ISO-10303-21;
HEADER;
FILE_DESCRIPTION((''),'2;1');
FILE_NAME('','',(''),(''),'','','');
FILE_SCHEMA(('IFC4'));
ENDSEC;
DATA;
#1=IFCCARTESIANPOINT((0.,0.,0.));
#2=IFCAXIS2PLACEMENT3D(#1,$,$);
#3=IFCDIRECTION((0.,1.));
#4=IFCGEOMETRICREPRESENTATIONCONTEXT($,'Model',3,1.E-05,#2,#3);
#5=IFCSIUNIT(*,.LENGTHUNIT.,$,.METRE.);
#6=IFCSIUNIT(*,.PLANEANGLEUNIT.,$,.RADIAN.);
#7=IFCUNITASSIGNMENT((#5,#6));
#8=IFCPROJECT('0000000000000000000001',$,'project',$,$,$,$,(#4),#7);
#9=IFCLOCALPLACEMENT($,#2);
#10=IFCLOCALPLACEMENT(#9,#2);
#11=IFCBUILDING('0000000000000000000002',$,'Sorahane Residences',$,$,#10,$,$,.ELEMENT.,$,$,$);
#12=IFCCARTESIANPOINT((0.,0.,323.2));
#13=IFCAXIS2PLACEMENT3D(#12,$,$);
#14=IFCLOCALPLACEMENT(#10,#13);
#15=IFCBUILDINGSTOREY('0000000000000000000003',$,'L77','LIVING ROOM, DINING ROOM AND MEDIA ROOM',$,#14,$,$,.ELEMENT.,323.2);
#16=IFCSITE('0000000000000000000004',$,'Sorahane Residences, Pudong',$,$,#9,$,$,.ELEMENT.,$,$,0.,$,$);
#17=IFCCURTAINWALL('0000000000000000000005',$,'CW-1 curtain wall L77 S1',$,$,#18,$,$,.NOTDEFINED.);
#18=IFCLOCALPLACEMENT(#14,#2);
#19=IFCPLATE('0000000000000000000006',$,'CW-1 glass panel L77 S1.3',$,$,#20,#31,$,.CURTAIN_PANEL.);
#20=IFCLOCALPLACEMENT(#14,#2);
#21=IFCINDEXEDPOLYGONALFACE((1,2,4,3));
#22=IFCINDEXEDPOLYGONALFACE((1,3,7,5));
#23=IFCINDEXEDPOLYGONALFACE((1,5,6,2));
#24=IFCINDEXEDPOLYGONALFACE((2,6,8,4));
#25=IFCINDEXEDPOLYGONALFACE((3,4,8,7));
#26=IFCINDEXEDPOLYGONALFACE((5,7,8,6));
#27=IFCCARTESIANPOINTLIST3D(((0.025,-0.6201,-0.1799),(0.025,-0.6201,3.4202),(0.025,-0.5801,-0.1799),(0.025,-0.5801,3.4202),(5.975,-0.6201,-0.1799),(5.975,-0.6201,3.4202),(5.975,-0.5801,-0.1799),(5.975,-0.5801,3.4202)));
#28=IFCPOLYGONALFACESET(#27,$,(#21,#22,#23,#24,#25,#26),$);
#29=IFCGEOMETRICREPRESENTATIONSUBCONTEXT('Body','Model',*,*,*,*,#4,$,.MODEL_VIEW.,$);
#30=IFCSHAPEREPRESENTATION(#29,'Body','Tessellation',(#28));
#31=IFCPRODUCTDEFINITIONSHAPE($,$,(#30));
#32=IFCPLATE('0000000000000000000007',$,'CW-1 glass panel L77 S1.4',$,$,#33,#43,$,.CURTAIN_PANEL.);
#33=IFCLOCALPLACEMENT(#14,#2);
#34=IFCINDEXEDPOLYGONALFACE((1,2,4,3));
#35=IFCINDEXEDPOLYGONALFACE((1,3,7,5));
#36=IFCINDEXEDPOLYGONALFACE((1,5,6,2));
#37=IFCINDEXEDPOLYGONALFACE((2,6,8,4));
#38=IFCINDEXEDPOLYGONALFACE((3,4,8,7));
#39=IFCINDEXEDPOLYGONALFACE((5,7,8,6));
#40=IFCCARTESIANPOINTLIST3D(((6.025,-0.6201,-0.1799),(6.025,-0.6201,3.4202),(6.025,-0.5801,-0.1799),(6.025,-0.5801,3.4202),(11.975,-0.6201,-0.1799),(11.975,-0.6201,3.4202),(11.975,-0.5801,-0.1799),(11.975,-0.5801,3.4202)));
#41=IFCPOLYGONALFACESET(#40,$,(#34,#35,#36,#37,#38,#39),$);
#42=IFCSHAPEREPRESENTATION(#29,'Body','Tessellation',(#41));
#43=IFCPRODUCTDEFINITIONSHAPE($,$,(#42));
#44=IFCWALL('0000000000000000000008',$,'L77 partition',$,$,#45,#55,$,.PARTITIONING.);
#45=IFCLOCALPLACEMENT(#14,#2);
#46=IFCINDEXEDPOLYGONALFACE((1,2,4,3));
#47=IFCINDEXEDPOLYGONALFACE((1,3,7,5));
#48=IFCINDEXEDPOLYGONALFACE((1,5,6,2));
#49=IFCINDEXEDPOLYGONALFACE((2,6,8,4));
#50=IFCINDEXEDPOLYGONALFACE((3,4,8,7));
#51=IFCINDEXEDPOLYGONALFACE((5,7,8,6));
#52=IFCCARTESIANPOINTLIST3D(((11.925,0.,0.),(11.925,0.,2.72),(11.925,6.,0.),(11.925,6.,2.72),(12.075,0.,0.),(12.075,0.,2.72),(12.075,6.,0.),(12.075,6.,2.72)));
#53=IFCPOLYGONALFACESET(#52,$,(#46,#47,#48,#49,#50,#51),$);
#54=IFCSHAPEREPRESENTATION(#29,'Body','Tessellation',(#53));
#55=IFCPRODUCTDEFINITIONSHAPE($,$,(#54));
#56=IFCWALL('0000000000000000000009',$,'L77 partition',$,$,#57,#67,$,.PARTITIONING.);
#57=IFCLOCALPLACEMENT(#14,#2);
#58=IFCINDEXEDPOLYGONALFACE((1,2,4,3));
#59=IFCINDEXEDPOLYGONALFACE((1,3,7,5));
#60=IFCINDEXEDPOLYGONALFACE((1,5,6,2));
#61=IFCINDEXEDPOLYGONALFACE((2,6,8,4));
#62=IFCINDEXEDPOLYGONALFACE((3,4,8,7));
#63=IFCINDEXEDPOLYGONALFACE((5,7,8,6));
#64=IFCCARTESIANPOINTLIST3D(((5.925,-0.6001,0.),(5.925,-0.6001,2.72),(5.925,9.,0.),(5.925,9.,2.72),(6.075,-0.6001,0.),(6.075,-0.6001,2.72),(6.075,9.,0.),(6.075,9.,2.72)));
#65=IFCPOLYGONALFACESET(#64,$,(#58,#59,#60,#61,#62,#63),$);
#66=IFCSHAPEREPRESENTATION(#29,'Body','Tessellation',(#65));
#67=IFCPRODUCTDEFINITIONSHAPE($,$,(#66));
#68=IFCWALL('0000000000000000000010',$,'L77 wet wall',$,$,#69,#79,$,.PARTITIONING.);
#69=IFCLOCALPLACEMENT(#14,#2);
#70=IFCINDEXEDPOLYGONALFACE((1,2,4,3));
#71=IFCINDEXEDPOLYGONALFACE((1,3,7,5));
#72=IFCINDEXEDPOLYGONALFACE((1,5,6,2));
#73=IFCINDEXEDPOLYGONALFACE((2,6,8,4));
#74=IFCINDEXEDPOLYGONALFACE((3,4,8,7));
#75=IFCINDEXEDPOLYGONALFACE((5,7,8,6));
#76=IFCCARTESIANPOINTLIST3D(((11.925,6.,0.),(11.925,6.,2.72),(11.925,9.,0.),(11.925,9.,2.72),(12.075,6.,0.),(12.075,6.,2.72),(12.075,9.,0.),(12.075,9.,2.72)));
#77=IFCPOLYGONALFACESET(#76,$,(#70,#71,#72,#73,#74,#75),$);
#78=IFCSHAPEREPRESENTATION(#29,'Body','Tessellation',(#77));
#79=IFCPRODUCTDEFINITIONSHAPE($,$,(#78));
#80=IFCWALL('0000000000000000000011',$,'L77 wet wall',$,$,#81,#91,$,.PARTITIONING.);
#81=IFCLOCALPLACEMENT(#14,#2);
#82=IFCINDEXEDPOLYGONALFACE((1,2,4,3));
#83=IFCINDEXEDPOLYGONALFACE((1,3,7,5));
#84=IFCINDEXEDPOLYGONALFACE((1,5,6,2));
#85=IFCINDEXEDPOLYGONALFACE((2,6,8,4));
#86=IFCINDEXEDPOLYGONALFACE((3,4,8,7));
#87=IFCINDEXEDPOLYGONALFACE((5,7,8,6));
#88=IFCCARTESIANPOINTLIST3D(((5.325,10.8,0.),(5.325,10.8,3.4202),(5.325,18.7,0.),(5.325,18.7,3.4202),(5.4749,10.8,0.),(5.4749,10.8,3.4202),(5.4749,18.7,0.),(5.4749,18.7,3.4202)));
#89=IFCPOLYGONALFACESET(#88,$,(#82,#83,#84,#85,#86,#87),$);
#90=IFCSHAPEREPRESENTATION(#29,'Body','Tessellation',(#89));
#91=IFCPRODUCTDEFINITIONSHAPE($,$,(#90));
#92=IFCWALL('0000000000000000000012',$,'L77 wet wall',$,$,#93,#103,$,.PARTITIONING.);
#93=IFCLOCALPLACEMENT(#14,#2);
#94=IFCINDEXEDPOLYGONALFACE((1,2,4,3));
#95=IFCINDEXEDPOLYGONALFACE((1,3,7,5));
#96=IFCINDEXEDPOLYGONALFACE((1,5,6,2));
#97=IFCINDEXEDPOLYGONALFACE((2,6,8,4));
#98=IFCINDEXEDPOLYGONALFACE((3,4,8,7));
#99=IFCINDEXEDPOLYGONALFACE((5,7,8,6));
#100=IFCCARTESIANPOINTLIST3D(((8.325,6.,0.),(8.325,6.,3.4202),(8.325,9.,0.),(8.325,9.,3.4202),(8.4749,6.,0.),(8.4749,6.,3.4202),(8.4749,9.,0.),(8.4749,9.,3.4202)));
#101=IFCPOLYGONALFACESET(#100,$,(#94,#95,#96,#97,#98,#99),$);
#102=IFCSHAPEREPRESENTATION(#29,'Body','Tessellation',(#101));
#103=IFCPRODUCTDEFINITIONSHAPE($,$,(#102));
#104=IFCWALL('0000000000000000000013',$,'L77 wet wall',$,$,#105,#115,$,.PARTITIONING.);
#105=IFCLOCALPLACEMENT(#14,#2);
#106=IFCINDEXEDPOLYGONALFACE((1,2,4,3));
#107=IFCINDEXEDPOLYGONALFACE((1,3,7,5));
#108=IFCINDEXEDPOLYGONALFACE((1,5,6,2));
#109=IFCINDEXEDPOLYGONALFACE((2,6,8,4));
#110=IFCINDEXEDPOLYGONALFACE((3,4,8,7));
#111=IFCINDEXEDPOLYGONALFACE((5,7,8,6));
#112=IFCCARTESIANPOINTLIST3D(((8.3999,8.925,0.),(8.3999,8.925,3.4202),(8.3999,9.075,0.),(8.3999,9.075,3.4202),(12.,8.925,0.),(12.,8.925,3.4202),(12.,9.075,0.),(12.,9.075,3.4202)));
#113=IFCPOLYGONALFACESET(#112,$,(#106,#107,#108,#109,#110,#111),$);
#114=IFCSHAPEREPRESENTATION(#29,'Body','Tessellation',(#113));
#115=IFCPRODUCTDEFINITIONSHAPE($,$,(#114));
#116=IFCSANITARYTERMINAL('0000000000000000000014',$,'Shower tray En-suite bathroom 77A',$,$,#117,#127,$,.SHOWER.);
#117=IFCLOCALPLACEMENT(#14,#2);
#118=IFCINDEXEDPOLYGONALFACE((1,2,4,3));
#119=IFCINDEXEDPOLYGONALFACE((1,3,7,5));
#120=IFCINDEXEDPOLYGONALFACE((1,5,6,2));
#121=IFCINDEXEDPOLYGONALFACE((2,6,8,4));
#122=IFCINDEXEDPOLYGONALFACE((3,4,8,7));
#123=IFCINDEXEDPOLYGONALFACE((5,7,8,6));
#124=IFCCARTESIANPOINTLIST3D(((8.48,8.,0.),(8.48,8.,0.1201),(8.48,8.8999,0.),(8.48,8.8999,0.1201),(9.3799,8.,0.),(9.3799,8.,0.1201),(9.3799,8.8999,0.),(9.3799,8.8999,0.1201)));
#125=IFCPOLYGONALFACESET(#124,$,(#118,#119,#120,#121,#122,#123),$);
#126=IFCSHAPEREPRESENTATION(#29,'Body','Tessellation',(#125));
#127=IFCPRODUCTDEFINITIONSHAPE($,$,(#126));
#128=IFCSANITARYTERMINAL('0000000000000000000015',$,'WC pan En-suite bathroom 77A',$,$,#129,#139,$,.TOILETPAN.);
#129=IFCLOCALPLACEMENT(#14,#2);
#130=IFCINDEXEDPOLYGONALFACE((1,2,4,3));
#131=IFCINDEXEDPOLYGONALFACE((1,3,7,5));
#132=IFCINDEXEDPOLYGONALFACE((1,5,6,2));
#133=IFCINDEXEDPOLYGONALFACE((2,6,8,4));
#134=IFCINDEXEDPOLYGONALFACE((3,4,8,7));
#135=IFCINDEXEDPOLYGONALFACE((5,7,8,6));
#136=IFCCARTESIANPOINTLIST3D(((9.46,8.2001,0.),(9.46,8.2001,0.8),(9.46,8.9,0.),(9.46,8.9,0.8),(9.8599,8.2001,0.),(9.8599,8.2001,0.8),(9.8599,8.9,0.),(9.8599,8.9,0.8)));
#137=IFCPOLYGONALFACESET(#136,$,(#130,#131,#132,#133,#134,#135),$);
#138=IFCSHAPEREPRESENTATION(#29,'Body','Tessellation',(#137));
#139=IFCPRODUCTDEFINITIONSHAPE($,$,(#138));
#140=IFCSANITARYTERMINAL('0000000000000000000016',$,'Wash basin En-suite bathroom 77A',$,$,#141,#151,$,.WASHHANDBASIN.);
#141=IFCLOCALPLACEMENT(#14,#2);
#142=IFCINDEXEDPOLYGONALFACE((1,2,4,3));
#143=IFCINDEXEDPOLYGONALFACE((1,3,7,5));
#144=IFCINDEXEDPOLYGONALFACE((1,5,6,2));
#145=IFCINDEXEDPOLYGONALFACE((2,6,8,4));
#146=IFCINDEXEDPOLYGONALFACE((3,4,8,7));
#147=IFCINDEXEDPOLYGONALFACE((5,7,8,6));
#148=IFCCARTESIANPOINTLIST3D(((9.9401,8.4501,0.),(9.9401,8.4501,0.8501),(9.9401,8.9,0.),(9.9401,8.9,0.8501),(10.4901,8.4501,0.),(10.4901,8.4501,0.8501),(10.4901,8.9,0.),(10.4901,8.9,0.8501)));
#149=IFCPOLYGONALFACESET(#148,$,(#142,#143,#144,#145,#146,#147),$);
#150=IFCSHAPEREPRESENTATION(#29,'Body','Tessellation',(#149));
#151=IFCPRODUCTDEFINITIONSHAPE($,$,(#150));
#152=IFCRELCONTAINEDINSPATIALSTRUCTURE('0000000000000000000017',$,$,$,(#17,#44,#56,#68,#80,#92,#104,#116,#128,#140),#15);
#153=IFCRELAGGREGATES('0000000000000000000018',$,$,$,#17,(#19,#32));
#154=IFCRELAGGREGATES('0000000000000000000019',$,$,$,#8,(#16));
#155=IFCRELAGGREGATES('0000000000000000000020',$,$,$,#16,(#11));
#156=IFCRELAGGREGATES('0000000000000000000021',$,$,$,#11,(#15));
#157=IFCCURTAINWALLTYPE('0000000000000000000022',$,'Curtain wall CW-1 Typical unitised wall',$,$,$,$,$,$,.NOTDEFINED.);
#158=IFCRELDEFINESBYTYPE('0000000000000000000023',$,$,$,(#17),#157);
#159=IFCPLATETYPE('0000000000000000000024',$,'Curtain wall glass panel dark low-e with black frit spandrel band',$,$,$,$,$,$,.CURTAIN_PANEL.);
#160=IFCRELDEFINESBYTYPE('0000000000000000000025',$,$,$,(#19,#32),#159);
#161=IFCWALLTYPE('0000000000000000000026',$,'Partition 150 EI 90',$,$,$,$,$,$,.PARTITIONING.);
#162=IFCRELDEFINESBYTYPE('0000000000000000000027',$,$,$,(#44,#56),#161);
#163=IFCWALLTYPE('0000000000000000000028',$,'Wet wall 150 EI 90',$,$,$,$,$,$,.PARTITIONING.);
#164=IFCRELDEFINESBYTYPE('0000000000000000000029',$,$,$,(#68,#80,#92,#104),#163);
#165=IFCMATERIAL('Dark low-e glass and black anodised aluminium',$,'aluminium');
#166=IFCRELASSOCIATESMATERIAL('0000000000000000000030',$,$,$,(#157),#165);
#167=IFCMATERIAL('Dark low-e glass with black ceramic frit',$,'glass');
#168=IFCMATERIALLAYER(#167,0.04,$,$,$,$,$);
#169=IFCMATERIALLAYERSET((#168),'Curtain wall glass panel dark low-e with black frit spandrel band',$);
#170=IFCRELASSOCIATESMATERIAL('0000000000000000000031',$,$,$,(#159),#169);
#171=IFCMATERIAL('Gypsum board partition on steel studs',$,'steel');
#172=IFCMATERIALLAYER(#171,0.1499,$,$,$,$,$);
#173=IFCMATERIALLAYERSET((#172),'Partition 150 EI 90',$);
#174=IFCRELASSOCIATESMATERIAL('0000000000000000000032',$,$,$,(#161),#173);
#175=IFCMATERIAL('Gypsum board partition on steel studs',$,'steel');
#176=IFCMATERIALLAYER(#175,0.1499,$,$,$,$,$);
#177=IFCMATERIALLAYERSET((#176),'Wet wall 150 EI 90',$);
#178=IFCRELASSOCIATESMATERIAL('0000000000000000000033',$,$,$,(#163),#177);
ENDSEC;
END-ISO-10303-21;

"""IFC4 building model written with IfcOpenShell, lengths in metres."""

from ifc_helpers import new_model, si_unit, direction, frame, frame_2d, origin, origin_2d, place, context, subcontext, project, spatial, rectangle, extrude, material, layer, layer_set, type_object, element, aggregate, save


model = new_model("IFC4")

# Units and contexts
model_context = context("Model", 3, precision=1e-05, world=origin(), true_north=direction((0.0, 1.0)))
body_context = subcontext(model_context, "Body", "Model", "MODEL_VIEW")
ifc_project = project(units=[si_unit("LENGTHUNIT", "METRE"), si_unit("PLANEANGLEUNIT", "RADIAN")], contexts=[model_context])

# Site, building, storey
site_placement = place(None, origin())
site = spatial("IfcSite", under=ifc_project, at=site_placement, Name="Sorahane Residences, Pudong", CompositionType="ELEMENT", RefElevation=0.0)
building_placement = place(site_placement, origin())
building = spatial("IfcBuilding", under=site, at=building_placement, Name="Sorahane Residences", CompositionType="ELEMENT")
storey_placement = place(building_placement, frame((0.0, 0.0, 323.2)))
storey = spatial("IfcBuildingStorey", under=building, at=storey_placement, Name="L77", Description="LIVING ROOM, DINING ROOM AND MEDIA ROOM", CompositionType="ELEMENT", Elevation=323.2)

# Curtain wall
ifc_material_1 = material(Name="Dark low-e glass and black anodised aluminium", Category="aluminium")
curtain_wall_type = type_object("IfcCurtainWallType", Name="Curtain wall CW-1 Typical unitised wall", PredefinedType="NOTDEFINED", material=ifc_material_1)
curtain_wall_placement = place(storey_placement, origin())
curtain_wall = element("IfcCurtainWall", 1, at=curtain_wall_placement, inside=storey, type_object=curtain_wall_type, Name="CW-1 curtain wall L77 S1", PredefinedType="NOTDEFINED")

# Plates
ifc_material_2 = material(Name="Dark low-e glass with black ceramic frit", Category="glass")
ifc_layer_1 = layer(ifc_material_2, 0.04)
ifc_layer_set_1 = layer_set([ifc_layer_1], Name="Curtain wall glass panel dark low-e with black frit spandrel band")
plate_type = type_object("IfcPlateType", Name="Curtain wall glass panel dark low-e with black frit spandrel band", PredefinedType="CURTAIN_PANEL", material=ifc_layer_set_1)
plate_1_placement = place(storey_placement, frame((3.0, -0.6001, -0.1799), z_axis=(0.0, 0.0, 1.0), x_axis=(1.0, 0.0, 0.0)))
plate_1 = element("IfcPlate", 2, at=plate_1_placement, type_object=plate_type, Name="CW-1 glass panel L77 S1.3", PredefinedType="CURTAIN_PANEL", context=body_context, shape_type="SweptSolid", body=[
    extrude(rectangle(XDim=5.95, YDim=0.04, at=origin_2d()), origin(), (0.0, 0.0, 1.0), 3.6001),
])
plate_2_placement = place(storey_placement, frame((9.0, -0.6001, -0.1799), z_axis=(0.0, 0.0, 1.0), x_axis=(1.0, 0.0, 0.0)))
plate_2 = element("IfcPlate", 3, at=plate_2_placement, type_object=plate_type, Name="CW-1 glass panel L77 S1.4", PredefinedType="CURTAIN_PANEL", context=body_context, shape_type="SweptSolid", body=[
    extrude(rectangle(XDim=5.95, YDim=0.04, at=origin_2d()), origin(), (0.0, 0.0, 1.0), 3.6001),
])
aggregate(curtain_wall, [plate_1, plate_2])

# Walls
ifc_material_3 = material(Name="Gypsum board partition on steel studs", Category="steel")
ifc_layer_2 = layer(ifc_material_3, 0.1499)
ifc_layer_set_2 = layer_set([ifc_layer_2], Name="Partition 150 EI 90")
wall_type_1 = type_object("IfcWallType", Name="Partition 150 EI 90", PredefinedType="PARTITIONING", material=ifc_layer_set_2)
wall_1_placement = place(storey_placement, frame((12.0, 0.0, 0.0), z_axis=(0.0, 0.0, 1.0), x_axis=(0.0, 1.0, 0.0)))
element("IfcWall", 4, at=wall_1_placement, inside=storey, type_object=wall_type_1, Name="L77 partition", PredefinedType="PARTITIONING", context=body_context, shape_type="SweptSolid", body=[
    extrude(rectangle(XDim=6.0, YDim=0.1499, at=frame_2d((3.0, 0.0))), origin(), (0.0, 0.0, 1.0), 2.72),
])
wall_2_placement = place(storey_placement, frame((6.0, -0.6001, 0.0), z_axis=(0.0, 0.0, 1.0), x_axis=(0.0, 1.0, 0.0)))
element("IfcWall", 5, at=wall_2_placement, inside=storey, type_object=wall_type_1, Name="L77 partition", PredefinedType="PARTITIONING", context=body_context, shape_type="SweptSolid", body=[
    extrude(rectangle(XDim=9.6001, YDim=0.1499, at=frame_2d((4.8, 0.0))), origin(), (0.0, 0.0, 1.0), 2.72),
])

# Walls
ifc_material_4 = material(Name="Gypsum board partition on steel studs", Category="steel")
ifc_layer_3 = layer(ifc_material_4, 0.1499)
ifc_layer_set_3 = layer_set([ifc_layer_3], Name="Wet wall 150 EI 90")
wall_type_2 = type_object("IfcWallType", Name="Wet wall 150 EI 90", PredefinedType="PARTITIONING", material=ifc_layer_set_3)
wall_3_placement = place(storey_placement, frame((12.0, 6.0, 0.0), z_axis=(0.0, 0.0, 1.0), x_axis=(0.0, 1.0, 0.0)))
element("IfcWall", 6, at=wall_3_placement, inside=storey, type_object=wall_type_2, Name="L77 wet wall", PredefinedType="PARTITIONING", context=body_context, shape_type="SweptSolid", body=[
    extrude(rectangle(XDim=3.0, YDim=0.1499, at=frame_2d((1.5, 0.0))), origin(), (0.0, 0.0, 1.0), 2.72),
])
wall_4_placement = place(storey_placement, frame((5.3999, 10.8, 0.0), z_axis=(0.0, 0.0, 1.0), x_axis=(0.0, 1.0, 0.0)))
element("IfcWall", 7, at=wall_4_placement, inside=storey, type_object=wall_type_2, Name="L77 wet wall", PredefinedType="PARTITIONING", context=body_context, shape_type="SweptSolid", body=[
    extrude(rectangle(XDim=7.8999, YDim=0.1499, at=frame_2d((3.95, 0.0))), origin(), (0.0, 0.0, 1.0), 3.4202),
])
wall_5_placement = place(storey_placement, frame((8.3999, 6.0, 0.0), z_axis=(0.0, 0.0, 1.0), x_axis=(0.0, 1.0, 0.0)))
element("IfcWall", 8, at=wall_5_placement, inside=storey, type_object=wall_type_2, Name="L77 wet wall", PredefinedType="PARTITIONING", context=body_context, shape_type="SweptSolid", body=[
    extrude(rectangle(XDim=3.0, YDim=0.1499, at=frame_2d((1.5, 0.0))), origin(), (0.0, 0.0, 1.0), 3.4202),
])

# Wall
wall_6_placement = place(storey_placement, frame((8.3999, 9.0, 0.0), z_axis=(0.0, 0.0, 1.0), x_axis=(1.0, 0.0, 0.0)))
element("IfcWall", 9, at=wall_6_placement, inside=storey, type_object=wall_type_2, Name="L77 wet wall", PredefinedType="PARTITIONING", context=body_context, shape_type="SweptSolid", body=[
    extrude(rectangle(XDim=3.6001, YDim=0.1499, at=frame_2d((1.8, 0.0))), origin(), (0.0, 0.0, 1.0), 3.4202),
])

# Sanitary terminals
sanitary_terminal_1_placement = place(storey_placement, frame((8.9299, 8.45, 0.0), z_axis=(0.0, 0.0, 1.0), x_axis=(1.0, 0.0, 0.0)))
element("IfcSanitaryTerminal", 10, at=sanitary_terminal_1_placement, inside=storey, Name="Shower tray En-suite bathroom 77A", PredefinedType="SHOWER", context=body_context, shape_type="SweptSolid", body=[
    extrude(rectangle(XDim=0.8999, YDim=0.8999, at=origin_2d()), origin(), (0.0, 0.0, 1.0), 0.1201),
])
sanitary_terminal_2_placement = place(storey_placement, frame((9.6599, 8.55, 0.0), z_axis=(0.0, 0.0, 1.0), x_axis=(1.0, 0.0, 0.0)))
element("IfcSanitaryTerminal", 11, at=sanitary_terminal_2_placement, inside=storey, Name="WC pan En-suite bathroom 77A", PredefinedType="TOILETPAN", context=body_context, shape_type="SweptSolid", body=[
    extrude(rectangle(XDim=0.3999, YDim=0.7, at=origin_2d()), origin(), (0.0, 0.0, 1.0), 0.8),
])
sanitary_terminal_3_placement = place(storey_placement, frame((10.2151, 8.675, 0.0), z_axis=(0.0, 0.0, 1.0), x_axis=(1.0, 0.0, 0.0)))
element("IfcSanitaryTerminal", 12, at=sanitary_terminal_3_placement, inside=storey, Name="Wash basin En-suite bathroom 77A", PredefinedType="WASHHANDBASIN", context=body_context, shape_type="SweptSolid", body=[
    extrude(rectangle(XDim=0.55, YDim=0.45, at=origin_2d()), origin(), (0.0, 0.0, 1.0), 0.8501),
])

save(model, "model.ifc")
